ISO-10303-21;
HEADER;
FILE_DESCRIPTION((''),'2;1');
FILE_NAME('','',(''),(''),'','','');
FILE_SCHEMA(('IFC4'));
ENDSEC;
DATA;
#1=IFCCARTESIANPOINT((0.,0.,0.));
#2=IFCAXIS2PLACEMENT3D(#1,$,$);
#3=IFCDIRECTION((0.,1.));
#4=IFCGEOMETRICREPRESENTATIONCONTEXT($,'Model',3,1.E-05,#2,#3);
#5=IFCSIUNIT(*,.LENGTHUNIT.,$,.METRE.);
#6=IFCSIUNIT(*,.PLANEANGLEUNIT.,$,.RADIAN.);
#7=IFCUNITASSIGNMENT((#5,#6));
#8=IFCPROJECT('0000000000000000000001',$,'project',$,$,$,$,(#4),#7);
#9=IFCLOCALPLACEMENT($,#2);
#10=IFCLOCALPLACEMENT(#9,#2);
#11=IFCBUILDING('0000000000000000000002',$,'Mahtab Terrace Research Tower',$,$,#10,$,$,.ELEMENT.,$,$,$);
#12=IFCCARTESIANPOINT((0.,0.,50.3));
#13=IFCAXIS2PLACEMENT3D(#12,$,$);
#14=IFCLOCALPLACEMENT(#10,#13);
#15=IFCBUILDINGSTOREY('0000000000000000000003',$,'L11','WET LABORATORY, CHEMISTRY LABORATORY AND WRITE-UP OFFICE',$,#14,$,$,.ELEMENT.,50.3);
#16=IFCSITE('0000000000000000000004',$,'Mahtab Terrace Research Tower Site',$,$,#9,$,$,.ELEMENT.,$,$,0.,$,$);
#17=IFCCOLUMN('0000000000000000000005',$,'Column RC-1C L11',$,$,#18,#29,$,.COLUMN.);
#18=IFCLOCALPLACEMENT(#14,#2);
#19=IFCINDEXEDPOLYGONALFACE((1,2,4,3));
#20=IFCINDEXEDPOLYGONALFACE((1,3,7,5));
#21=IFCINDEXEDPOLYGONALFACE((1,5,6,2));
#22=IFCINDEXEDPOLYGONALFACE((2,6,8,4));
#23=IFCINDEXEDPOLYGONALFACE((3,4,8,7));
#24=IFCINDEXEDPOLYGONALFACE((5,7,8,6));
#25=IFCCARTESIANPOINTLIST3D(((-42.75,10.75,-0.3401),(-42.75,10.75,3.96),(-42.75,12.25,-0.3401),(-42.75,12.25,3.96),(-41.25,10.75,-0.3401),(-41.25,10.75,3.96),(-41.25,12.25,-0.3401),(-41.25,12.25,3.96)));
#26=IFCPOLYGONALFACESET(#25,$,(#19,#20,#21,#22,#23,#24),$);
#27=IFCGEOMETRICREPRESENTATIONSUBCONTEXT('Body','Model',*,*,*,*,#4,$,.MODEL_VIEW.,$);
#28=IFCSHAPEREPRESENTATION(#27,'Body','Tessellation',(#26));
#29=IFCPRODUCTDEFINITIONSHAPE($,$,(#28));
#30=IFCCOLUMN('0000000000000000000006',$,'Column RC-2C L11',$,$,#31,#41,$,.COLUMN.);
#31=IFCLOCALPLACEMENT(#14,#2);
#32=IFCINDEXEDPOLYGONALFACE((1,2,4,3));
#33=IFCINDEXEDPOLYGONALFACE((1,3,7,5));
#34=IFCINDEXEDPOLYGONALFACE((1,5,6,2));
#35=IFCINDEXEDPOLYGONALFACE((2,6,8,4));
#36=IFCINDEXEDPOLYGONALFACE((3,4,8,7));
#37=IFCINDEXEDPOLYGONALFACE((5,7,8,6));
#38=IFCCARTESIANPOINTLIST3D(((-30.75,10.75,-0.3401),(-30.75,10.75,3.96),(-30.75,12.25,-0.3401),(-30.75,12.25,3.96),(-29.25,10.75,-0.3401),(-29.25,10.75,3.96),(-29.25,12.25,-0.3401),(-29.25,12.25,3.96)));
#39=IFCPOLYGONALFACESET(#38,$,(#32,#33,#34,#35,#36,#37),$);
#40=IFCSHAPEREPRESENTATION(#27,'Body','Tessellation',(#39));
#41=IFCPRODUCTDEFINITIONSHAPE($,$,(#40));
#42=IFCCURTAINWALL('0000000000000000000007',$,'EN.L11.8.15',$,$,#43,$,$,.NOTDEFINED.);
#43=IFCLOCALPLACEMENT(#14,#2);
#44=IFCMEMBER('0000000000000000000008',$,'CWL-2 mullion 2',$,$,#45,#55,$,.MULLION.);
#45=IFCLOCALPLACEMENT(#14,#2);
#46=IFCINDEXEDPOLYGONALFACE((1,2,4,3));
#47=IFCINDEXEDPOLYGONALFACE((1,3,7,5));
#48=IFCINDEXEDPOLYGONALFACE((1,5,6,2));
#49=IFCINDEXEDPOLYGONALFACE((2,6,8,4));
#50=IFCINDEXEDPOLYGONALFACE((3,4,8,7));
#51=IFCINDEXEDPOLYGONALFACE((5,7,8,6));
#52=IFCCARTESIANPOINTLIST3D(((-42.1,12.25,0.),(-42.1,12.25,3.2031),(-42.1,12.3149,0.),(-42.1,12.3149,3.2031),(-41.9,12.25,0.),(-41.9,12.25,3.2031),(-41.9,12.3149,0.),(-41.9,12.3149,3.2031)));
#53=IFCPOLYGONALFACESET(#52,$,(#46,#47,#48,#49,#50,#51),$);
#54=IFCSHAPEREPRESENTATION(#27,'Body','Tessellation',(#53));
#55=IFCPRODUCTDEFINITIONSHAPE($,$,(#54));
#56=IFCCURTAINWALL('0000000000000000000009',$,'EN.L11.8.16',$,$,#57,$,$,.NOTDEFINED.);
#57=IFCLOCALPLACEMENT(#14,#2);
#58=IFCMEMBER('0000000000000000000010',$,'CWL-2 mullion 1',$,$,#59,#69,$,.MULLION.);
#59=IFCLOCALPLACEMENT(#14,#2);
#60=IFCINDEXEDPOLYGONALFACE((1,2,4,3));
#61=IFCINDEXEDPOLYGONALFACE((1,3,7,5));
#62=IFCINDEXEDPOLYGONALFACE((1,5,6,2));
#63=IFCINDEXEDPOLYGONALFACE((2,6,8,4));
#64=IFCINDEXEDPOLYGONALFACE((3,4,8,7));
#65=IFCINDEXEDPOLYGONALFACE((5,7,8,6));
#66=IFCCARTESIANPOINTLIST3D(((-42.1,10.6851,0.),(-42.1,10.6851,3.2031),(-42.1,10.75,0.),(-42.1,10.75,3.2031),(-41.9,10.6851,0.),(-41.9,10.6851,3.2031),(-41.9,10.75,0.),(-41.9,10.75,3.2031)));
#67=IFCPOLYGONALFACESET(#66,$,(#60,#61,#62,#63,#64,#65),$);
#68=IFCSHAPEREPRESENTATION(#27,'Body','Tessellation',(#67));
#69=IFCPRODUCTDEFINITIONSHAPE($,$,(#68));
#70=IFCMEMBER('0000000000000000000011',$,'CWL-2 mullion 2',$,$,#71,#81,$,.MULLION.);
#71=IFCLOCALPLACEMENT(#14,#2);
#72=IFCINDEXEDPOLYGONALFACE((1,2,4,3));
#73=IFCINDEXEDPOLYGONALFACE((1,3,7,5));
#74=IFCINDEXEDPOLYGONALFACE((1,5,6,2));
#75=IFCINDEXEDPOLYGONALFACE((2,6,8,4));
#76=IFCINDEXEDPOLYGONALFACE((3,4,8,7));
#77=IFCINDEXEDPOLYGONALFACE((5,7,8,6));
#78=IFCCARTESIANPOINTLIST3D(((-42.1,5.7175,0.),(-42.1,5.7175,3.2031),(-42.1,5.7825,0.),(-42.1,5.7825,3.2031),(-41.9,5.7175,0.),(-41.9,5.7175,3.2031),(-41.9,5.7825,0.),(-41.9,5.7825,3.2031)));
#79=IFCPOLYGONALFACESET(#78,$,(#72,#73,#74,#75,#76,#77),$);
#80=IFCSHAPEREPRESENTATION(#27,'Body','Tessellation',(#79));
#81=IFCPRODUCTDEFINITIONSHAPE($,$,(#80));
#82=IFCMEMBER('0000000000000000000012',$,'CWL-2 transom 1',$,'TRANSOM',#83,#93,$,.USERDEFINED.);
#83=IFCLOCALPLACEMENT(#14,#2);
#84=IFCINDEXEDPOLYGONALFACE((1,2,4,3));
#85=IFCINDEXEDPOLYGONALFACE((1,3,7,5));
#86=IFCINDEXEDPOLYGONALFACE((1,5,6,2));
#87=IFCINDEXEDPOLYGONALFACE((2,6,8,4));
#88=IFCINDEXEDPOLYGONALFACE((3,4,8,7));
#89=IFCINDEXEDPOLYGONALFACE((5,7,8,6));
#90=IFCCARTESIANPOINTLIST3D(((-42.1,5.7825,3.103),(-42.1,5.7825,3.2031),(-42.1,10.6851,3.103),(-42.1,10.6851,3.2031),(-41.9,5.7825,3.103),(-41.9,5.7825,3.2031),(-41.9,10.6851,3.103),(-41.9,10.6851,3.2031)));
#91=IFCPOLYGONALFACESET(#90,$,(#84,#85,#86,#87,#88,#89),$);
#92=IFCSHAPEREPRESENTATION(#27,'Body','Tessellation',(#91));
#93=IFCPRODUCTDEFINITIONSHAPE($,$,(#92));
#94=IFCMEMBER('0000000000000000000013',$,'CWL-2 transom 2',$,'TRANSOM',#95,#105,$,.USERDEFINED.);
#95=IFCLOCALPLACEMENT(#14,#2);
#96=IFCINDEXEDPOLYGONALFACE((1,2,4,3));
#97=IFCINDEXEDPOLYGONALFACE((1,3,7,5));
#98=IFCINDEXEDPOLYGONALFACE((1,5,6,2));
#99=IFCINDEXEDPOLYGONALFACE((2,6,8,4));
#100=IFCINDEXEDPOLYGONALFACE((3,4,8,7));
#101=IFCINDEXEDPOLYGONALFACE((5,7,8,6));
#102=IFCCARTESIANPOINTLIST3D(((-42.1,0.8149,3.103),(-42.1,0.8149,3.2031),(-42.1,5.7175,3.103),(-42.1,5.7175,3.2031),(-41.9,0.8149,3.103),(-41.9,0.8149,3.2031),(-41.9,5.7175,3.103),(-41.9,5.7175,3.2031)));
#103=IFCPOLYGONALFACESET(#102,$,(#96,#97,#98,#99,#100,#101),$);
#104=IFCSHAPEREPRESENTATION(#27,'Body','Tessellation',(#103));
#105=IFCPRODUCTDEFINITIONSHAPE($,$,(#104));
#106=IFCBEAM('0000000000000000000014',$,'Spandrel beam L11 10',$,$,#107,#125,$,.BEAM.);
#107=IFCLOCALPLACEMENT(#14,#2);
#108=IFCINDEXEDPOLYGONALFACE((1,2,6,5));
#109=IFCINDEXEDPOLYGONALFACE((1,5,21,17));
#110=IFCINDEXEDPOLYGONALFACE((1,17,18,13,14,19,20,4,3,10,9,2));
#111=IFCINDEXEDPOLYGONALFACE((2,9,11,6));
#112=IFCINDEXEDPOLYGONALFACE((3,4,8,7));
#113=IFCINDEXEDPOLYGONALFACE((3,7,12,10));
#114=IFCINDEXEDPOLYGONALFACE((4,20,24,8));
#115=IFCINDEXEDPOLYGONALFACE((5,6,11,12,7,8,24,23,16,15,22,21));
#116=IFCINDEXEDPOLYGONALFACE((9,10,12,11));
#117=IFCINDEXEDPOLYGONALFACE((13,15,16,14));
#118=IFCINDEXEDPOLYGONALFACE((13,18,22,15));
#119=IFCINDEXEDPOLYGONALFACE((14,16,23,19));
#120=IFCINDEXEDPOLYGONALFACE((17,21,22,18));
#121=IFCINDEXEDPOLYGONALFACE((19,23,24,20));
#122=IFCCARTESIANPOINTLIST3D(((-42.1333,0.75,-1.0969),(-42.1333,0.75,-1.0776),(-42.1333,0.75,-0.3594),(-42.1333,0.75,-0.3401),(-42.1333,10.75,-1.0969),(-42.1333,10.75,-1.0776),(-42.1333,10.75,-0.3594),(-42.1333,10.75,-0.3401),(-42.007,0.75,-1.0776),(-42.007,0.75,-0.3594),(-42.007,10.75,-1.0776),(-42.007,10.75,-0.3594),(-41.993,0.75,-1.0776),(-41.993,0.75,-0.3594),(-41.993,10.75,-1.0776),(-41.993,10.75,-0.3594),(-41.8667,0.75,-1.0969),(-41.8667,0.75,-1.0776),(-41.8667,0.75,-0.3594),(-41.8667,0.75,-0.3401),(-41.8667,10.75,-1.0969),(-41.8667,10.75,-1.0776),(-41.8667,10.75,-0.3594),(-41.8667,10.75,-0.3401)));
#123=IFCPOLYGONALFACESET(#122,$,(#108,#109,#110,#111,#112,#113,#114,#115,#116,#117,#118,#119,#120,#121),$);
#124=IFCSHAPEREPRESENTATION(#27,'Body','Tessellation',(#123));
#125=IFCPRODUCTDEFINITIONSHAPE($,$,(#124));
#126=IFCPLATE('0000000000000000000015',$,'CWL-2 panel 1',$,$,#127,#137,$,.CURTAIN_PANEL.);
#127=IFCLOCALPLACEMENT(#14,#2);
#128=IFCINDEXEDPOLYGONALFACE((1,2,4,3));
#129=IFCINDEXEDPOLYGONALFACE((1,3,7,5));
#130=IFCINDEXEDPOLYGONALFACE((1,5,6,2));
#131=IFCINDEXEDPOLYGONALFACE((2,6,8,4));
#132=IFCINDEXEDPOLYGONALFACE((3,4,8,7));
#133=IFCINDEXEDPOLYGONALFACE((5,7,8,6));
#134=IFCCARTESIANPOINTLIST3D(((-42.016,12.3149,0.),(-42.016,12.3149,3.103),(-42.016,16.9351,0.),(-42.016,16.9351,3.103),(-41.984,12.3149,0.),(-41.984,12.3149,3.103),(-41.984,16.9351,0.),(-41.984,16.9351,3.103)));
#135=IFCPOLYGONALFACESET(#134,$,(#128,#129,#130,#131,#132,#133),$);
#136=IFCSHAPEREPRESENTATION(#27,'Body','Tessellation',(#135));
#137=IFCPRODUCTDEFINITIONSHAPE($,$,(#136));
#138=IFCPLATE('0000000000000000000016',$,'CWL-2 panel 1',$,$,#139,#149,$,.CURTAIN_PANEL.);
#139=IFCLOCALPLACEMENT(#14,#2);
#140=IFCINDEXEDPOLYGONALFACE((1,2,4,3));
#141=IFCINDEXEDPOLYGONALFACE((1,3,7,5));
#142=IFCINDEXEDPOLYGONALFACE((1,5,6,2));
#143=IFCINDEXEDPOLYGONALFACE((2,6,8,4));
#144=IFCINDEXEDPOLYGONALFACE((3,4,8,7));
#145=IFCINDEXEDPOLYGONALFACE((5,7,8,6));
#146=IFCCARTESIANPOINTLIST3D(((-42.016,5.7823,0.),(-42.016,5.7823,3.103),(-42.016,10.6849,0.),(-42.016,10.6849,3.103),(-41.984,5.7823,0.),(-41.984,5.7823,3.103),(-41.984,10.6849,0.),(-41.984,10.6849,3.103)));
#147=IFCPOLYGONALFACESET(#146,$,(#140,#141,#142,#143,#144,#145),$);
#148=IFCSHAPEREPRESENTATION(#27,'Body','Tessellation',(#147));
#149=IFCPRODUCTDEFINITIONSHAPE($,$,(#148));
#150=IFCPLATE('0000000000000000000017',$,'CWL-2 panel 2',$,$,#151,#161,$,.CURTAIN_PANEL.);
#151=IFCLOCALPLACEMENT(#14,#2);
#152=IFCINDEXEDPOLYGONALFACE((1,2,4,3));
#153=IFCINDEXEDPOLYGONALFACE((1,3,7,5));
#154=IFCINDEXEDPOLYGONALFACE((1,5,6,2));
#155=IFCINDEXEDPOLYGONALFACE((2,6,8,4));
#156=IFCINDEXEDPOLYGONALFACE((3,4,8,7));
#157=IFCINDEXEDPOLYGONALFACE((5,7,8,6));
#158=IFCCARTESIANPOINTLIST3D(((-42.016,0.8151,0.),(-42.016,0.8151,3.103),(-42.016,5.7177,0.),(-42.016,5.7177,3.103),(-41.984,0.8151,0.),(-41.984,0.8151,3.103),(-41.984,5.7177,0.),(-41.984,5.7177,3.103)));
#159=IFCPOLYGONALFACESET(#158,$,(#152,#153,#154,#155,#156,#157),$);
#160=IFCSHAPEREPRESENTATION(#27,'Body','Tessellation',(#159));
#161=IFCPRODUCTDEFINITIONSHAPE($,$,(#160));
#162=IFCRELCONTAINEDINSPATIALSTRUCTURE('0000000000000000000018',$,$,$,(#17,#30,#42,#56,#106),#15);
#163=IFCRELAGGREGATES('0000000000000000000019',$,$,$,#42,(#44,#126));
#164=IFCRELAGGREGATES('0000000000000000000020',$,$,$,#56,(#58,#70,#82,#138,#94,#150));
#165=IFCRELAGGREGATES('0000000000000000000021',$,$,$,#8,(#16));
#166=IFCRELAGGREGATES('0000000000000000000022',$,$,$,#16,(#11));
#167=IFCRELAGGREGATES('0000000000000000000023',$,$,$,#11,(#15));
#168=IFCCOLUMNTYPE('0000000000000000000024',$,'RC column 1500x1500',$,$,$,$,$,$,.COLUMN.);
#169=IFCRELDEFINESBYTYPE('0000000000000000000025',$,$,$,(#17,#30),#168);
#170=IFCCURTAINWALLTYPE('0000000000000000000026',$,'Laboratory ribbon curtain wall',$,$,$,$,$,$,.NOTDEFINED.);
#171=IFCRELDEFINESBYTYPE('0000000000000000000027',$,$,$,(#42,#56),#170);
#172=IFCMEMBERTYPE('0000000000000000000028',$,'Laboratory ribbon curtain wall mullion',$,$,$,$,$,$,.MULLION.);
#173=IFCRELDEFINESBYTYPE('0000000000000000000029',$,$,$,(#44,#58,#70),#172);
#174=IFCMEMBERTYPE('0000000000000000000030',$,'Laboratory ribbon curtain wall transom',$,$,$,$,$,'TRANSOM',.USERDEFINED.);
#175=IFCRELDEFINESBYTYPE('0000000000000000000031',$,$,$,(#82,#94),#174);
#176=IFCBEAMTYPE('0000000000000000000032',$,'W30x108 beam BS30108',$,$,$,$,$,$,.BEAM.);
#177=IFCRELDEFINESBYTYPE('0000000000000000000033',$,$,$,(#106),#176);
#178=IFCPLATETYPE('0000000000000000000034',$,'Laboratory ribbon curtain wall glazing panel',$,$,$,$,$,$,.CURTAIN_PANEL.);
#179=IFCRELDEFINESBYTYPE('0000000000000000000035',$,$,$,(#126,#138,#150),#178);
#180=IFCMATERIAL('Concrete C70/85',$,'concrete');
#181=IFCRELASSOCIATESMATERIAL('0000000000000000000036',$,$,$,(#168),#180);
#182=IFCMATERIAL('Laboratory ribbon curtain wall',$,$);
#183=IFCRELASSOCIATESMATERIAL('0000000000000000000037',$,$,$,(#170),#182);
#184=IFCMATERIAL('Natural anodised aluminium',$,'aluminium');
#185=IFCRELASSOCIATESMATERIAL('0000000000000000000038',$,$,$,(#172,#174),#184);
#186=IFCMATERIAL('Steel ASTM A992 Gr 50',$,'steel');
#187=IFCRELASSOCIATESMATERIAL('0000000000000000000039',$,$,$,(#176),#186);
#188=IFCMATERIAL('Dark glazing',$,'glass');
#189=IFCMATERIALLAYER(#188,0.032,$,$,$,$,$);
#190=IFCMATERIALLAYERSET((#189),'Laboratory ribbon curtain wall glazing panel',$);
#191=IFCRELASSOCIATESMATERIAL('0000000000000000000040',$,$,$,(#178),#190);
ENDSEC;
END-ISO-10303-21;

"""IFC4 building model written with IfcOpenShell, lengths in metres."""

from ifc_helpers import new_model, si_unit, direction, frame, origin, origin_2d, place, context, subcontext, project, spatial, rectangle, i_section, extrude, material, layer, layer_set, material_profile, profile_set, type_object, element, aggregate, save


model = new_model("IFC4")

# Units and contexts
model_context = context("Model", 3, precision=1e-05, world=origin(), true_north=direction((0.0, 1.0)))
body_context = subcontext(model_context, "Body", "Model", "MODEL_VIEW")
ifc_project = project(units=[si_unit("LENGTHUNIT", "METRE"), si_unit("PLANEANGLEUNIT", "RADIAN")], contexts=[model_context])

# Site, building, storey
site_placement = place(None, origin())
site = spatial("IfcSite", under=ifc_project, at=site_placement, Name="Mahtab Terrace Research Tower Site", CompositionType="ELEMENT", RefElevation=0.0)
building_placement = place(site_placement, origin())
building = spatial("IfcBuilding", under=site, at=building_placement, Name="Mahtab Terrace Research Tower", CompositionType="ELEMENT")
storey_placement = place(building_placement, frame((0.0, 0.0, 50.3)))
storey = spatial("IfcBuildingStorey", under=building, at=storey_placement, Name="L11", Description="WET LABORATORY, CHEMISTRY LABORATORY AND WRITE-UP OFFICE", CompositionType="ELEMENT", Elevation=50.3)

# Columns
ifc_material_1 = material(Name="Concrete C70/85", Category="concrete")
ifc_material_profile_1 = material_profile(ifc_material_1, rectangle(XDim=1.5, YDim=1.5, at=origin_2d()), Name="RC column 1500x1500")
ifc_profile_set_1 = profile_set([ifc_material_profile_1], Name="Concrete C70/85")
column_type = type_object("IfcColumnType", Name="RC column 1500x1500", PredefinedType="COLUMN", material=ifc_profile_set_1)
for number, where, z_axis, x_axis, name in (
    (1, (-42.0, 11.5, -0.3401), (0.0, 0.0, 1.0), (1.0, 0.0, 0.0), "Column RC-1C L11"),
    (2, (-30.0, 11.5, -0.3401), (0.0, 0.0, 1.0), (1.0, 0.0, 0.0), "Column RC-2C L11"),
):
    element("IfcColumn", number, at=place(storey_placement, frame(where, z_axis=z_axis, x_axis=x_axis)), inside=storey, type_object=column_type, Name=name, PredefinedType="COLUMN", context=body_context, shape_type="SweptSolid", body=[
        extrude(rectangle(XDim=1.5, YDim=1.5, at=origin_2d()), origin(), (0.0, 0.0, 1.0), 4.3),
    ])

# Curtain wall, member
ifc_material_2 = material(Name="Laboratory ribbon curtain wall")
curtain_wall_type = type_object("IfcCurtainWallType", Name="Laboratory ribbon curtain wall", PredefinedType="NOTDEFINED", material=ifc_material_2)
curtain_wall_1_placement = place(storey_placement, origin())
curtain_wall_1 = element("IfcCurtainWall", 3, at=curtain_wall_1_placement, inside=storey, type_object=curtain_wall_type, Name="EN.L11.8.15", PredefinedType="NOTDEFINED")
ifc_material_3 = material(Name="Natural anodised aluminium", Category="aluminium")
ifc_material_profile_2 = material_profile(ifc_material_3, rectangle(XDim=0.2, YDim=0.0649, at=origin_2d()), Name="MULLION 65x200")
ifc_profile_set_2 = profile_set([ifc_material_profile_2], Name="Natural anodised aluminium")
member_type_1 = type_object("IfcMemberType", Name="Laboratory ribbon curtain wall mullion", PredefinedType="MULLION", material=ifc_profile_set_2)
member_1_placement = place(storey_placement, frame((-42.0, 12.2825, 0.0), z_axis=(0.0, 0.0, 1.0), x_axis=(1.0, 0.0, 0.0)))
member_1 = element("IfcMember", 4, at=member_1_placement, type_object=member_type_1, Name="CWL-2 mullion 2", PredefinedType="MULLION", context=body_context, shape_type="SweptSolid", body=[
    extrude(rectangle(XDim=0.2, YDim=0.0649, at=origin_2d()), origin(), (0.0, 0.0, 1.0), 3.2031),
])

# Curtain wall, members
curtain_wall_2_placement = place(storey_placement, origin())
curtain_wall_2 = element("IfcCurtainWall", 5, at=curtain_wall_2_placement, inside=storey, type_object=curtain_wall_type, Name="EN.L11.8.16", PredefinedType="NOTDEFINED")
member_2_placement = place(storey_placement, frame((-42.0, 10.7175, 0.0), z_axis=(0.0, 0.0, 1.0), x_axis=(1.0, 0.0, 0.0)))
member_2 = element("IfcMember", 6, at=member_2_placement, type_object=member_type_1, Name="CWL-2 mullion 1", PredefinedType="MULLION", context=body_context, shape_type="SweptSolid", body=[
    extrude(rectangle(XDim=0.2, YDim=0.0649, at=origin_2d()), origin(), (0.0, 0.0, 1.0), 3.2031),
])
member_3_placement = place(storey_placement, frame((-42.0, 5.75, 0.0), z_axis=(0.0, 0.0, 1.0), x_axis=(1.0, 0.0, 0.0)))
member_3 = element("IfcMember", 7, at=member_3_placement, type_object=member_type_1, Name="CWL-2 mullion 2", PredefinedType="MULLION", context=body_context, shape_type="SweptSolid", body=[
    extrude(rectangle(XDim=0.2, YDim=0.0649, at=origin_2d()), origin(), (0.0, 0.0, 1.0), 3.2031),
])
ifc_material_profile_3 = material_profile(ifc_material_3, rectangle(XDim=0.2, YDim=0.1001, at=origin_2d()), Name="TRANSOM 100x200")
ifc_profile_set_3 = profile_set([ifc_material_profile_3], Name="Natural anodised aluminium")
member_type_2 = type_object("IfcMemberType", Name="Laboratory ribbon curtain wall transom", ElementType="TRANSOM", PredefinedType="USERDEFINED", material=ifc_profile_set_3)
member_4_placement = place(storey_placement, frame((-42.0, 10.6851, 3.1531), z_axis=(0.0, -1.0, 0.0), x_axis=(1.0, 0.0, 0.0)))
member_4 = element("IfcMember", 8, at=member_4_placement, type_object=member_type_2, Name="CWL-2 transom 1", ObjectType="TRANSOM", PredefinedType="USERDEFINED", context=body_context, shape_type="SweptSolid", body=[
    extrude(rectangle(XDim=0.2, YDim=0.1001, at=origin_2d()), origin(), (0.0, 0.0, 1.0), 4.9026),
])
member_5_placement = place(storey_placement, frame((-42.0, 5.7175, 3.1531), z_axis=(0.0, -1.0, 0.0), x_axis=(1.0, 0.0, 0.0)))
member_5 = element("IfcMember", 9, at=member_5_placement, type_object=member_type_2, Name="CWL-2 transom 2", ObjectType="TRANSOM", PredefinedType="USERDEFINED", context=body_context, shape_type="SweptSolid", body=[
    extrude(rectangle(XDim=0.2, YDim=0.1001, at=origin_2d()), origin(), (0.0, 0.0, 1.0), 4.9026),
])

# Beam
ifc_material_4 = material(Name="Steel ASTM A992 Gr 50", Category="steel")
ifc_material_profile_4 = material_profile(ifc_material_4, i_section(OverallWidth=0.2666, OverallDepth=0.7568, WebThickness=0.0139, FlangeThickness=0.0193, at=origin_2d()), Name="W30X108")
ifc_profile_set_4 = profile_set([ifc_material_profile_4], Name="Steel ASTM A992 Gr 50")
beam_type = type_object("IfcBeamType", Name="W30x108 beam BS30108", PredefinedType="BEAM", material=ifc_profile_set_4)
beam_placement = place(storey_placement, frame((-42.0, 10.75, -0.7185), z_axis=(0.0, -1.0, 0.0), x_axis=(1.0, 0.0, 0.0)))
element("IfcBeam", 10, at=beam_placement, inside=storey, type_object=beam_type, Name="Spandrel beam L11 10", PredefinedType="BEAM", context=body_context, shape_type="SweptSolid", body=[
    extrude(i_section(OverallWidth=0.2666, OverallDepth=0.7568, WebThickness=0.0139, FlangeThickness=0.0193, at=origin_2d()), origin(), (0.0, 0.0, 1.0), 10.0),
])

# Plates
ifc_material_5 = material(Name="Dark glazing", Category="glass")
ifc_layer_1 = layer(ifc_material_5, 0.032)
ifc_layer_set_1 = layer_set([ifc_layer_1], Name="Laboratory ribbon curtain wall glazing panel")
plate_type = type_object("IfcPlateType", Name="Laboratory ribbon curtain wall glazing panel", PredefinedType="CURTAIN_PANEL", material=ifc_layer_set_1)
plate_1_placement = place(storey_placement, frame((-42.0, 14.625, 0.0), z_axis=(0.0, 0.0, 1.0), x_axis=(0.0, -1.0, 0.0)))
plate_1 = element("IfcPlate", 11, at=plate_1_placement, type_object=plate_type, Name="CWL-2 panel 1", PredefinedType="CURTAIN_PANEL", context=body_context, shape_type="SweptSolid", body=[
    extrude(rectangle(XDim=4.6201, YDim=0.032, at=origin_2d()), origin(), (0.0, 0.0, 1.0), 3.103),
])
aggregate(curtain_wall_1, [member_1, plate_1])
plate_2_placement = place(storey_placement, frame((-42.0, 8.2336, 0.0), z_axis=(0.0, 0.0, 1.0), x_axis=(0.0, -1.0, 0.0)))
plate_2 = element("IfcPlate", 12, at=plate_2_placement, type_object=plate_type, Name="CWL-2 panel 1", PredefinedType="CURTAIN_PANEL", context=body_context, shape_type="SweptSolid", body=[
    extrude(rectangle(XDim=4.9026, YDim=0.032, at=origin_2d()), origin(), (0.0, 0.0, 1.0), 3.103),
])
plate_3_placement = place(storey_placement, frame((-42.0, 3.2664, 0.0), z_axis=(0.0, 0.0, 1.0), x_axis=(0.0, -1.0, 0.0)))
plate_3 = element("IfcPlate", 13, at=plate_3_placement, type_object=plate_type, Name="CWL-2 panel 2", PredefinedType="CURTAIN_PANEL", context=body_context, shape_type="SweptSolid", body=[
    extrude(rectangle(XDim=4.9026, YDim=0.032, at=origin_2d()), origin(), (0.0, 0.0, 1.0), 3.103),
])
aggregate(curtain_wall_2, [member_2, member_3, member_4, plate_2, member_5, plate_3])

save(model, "model.ifc")
